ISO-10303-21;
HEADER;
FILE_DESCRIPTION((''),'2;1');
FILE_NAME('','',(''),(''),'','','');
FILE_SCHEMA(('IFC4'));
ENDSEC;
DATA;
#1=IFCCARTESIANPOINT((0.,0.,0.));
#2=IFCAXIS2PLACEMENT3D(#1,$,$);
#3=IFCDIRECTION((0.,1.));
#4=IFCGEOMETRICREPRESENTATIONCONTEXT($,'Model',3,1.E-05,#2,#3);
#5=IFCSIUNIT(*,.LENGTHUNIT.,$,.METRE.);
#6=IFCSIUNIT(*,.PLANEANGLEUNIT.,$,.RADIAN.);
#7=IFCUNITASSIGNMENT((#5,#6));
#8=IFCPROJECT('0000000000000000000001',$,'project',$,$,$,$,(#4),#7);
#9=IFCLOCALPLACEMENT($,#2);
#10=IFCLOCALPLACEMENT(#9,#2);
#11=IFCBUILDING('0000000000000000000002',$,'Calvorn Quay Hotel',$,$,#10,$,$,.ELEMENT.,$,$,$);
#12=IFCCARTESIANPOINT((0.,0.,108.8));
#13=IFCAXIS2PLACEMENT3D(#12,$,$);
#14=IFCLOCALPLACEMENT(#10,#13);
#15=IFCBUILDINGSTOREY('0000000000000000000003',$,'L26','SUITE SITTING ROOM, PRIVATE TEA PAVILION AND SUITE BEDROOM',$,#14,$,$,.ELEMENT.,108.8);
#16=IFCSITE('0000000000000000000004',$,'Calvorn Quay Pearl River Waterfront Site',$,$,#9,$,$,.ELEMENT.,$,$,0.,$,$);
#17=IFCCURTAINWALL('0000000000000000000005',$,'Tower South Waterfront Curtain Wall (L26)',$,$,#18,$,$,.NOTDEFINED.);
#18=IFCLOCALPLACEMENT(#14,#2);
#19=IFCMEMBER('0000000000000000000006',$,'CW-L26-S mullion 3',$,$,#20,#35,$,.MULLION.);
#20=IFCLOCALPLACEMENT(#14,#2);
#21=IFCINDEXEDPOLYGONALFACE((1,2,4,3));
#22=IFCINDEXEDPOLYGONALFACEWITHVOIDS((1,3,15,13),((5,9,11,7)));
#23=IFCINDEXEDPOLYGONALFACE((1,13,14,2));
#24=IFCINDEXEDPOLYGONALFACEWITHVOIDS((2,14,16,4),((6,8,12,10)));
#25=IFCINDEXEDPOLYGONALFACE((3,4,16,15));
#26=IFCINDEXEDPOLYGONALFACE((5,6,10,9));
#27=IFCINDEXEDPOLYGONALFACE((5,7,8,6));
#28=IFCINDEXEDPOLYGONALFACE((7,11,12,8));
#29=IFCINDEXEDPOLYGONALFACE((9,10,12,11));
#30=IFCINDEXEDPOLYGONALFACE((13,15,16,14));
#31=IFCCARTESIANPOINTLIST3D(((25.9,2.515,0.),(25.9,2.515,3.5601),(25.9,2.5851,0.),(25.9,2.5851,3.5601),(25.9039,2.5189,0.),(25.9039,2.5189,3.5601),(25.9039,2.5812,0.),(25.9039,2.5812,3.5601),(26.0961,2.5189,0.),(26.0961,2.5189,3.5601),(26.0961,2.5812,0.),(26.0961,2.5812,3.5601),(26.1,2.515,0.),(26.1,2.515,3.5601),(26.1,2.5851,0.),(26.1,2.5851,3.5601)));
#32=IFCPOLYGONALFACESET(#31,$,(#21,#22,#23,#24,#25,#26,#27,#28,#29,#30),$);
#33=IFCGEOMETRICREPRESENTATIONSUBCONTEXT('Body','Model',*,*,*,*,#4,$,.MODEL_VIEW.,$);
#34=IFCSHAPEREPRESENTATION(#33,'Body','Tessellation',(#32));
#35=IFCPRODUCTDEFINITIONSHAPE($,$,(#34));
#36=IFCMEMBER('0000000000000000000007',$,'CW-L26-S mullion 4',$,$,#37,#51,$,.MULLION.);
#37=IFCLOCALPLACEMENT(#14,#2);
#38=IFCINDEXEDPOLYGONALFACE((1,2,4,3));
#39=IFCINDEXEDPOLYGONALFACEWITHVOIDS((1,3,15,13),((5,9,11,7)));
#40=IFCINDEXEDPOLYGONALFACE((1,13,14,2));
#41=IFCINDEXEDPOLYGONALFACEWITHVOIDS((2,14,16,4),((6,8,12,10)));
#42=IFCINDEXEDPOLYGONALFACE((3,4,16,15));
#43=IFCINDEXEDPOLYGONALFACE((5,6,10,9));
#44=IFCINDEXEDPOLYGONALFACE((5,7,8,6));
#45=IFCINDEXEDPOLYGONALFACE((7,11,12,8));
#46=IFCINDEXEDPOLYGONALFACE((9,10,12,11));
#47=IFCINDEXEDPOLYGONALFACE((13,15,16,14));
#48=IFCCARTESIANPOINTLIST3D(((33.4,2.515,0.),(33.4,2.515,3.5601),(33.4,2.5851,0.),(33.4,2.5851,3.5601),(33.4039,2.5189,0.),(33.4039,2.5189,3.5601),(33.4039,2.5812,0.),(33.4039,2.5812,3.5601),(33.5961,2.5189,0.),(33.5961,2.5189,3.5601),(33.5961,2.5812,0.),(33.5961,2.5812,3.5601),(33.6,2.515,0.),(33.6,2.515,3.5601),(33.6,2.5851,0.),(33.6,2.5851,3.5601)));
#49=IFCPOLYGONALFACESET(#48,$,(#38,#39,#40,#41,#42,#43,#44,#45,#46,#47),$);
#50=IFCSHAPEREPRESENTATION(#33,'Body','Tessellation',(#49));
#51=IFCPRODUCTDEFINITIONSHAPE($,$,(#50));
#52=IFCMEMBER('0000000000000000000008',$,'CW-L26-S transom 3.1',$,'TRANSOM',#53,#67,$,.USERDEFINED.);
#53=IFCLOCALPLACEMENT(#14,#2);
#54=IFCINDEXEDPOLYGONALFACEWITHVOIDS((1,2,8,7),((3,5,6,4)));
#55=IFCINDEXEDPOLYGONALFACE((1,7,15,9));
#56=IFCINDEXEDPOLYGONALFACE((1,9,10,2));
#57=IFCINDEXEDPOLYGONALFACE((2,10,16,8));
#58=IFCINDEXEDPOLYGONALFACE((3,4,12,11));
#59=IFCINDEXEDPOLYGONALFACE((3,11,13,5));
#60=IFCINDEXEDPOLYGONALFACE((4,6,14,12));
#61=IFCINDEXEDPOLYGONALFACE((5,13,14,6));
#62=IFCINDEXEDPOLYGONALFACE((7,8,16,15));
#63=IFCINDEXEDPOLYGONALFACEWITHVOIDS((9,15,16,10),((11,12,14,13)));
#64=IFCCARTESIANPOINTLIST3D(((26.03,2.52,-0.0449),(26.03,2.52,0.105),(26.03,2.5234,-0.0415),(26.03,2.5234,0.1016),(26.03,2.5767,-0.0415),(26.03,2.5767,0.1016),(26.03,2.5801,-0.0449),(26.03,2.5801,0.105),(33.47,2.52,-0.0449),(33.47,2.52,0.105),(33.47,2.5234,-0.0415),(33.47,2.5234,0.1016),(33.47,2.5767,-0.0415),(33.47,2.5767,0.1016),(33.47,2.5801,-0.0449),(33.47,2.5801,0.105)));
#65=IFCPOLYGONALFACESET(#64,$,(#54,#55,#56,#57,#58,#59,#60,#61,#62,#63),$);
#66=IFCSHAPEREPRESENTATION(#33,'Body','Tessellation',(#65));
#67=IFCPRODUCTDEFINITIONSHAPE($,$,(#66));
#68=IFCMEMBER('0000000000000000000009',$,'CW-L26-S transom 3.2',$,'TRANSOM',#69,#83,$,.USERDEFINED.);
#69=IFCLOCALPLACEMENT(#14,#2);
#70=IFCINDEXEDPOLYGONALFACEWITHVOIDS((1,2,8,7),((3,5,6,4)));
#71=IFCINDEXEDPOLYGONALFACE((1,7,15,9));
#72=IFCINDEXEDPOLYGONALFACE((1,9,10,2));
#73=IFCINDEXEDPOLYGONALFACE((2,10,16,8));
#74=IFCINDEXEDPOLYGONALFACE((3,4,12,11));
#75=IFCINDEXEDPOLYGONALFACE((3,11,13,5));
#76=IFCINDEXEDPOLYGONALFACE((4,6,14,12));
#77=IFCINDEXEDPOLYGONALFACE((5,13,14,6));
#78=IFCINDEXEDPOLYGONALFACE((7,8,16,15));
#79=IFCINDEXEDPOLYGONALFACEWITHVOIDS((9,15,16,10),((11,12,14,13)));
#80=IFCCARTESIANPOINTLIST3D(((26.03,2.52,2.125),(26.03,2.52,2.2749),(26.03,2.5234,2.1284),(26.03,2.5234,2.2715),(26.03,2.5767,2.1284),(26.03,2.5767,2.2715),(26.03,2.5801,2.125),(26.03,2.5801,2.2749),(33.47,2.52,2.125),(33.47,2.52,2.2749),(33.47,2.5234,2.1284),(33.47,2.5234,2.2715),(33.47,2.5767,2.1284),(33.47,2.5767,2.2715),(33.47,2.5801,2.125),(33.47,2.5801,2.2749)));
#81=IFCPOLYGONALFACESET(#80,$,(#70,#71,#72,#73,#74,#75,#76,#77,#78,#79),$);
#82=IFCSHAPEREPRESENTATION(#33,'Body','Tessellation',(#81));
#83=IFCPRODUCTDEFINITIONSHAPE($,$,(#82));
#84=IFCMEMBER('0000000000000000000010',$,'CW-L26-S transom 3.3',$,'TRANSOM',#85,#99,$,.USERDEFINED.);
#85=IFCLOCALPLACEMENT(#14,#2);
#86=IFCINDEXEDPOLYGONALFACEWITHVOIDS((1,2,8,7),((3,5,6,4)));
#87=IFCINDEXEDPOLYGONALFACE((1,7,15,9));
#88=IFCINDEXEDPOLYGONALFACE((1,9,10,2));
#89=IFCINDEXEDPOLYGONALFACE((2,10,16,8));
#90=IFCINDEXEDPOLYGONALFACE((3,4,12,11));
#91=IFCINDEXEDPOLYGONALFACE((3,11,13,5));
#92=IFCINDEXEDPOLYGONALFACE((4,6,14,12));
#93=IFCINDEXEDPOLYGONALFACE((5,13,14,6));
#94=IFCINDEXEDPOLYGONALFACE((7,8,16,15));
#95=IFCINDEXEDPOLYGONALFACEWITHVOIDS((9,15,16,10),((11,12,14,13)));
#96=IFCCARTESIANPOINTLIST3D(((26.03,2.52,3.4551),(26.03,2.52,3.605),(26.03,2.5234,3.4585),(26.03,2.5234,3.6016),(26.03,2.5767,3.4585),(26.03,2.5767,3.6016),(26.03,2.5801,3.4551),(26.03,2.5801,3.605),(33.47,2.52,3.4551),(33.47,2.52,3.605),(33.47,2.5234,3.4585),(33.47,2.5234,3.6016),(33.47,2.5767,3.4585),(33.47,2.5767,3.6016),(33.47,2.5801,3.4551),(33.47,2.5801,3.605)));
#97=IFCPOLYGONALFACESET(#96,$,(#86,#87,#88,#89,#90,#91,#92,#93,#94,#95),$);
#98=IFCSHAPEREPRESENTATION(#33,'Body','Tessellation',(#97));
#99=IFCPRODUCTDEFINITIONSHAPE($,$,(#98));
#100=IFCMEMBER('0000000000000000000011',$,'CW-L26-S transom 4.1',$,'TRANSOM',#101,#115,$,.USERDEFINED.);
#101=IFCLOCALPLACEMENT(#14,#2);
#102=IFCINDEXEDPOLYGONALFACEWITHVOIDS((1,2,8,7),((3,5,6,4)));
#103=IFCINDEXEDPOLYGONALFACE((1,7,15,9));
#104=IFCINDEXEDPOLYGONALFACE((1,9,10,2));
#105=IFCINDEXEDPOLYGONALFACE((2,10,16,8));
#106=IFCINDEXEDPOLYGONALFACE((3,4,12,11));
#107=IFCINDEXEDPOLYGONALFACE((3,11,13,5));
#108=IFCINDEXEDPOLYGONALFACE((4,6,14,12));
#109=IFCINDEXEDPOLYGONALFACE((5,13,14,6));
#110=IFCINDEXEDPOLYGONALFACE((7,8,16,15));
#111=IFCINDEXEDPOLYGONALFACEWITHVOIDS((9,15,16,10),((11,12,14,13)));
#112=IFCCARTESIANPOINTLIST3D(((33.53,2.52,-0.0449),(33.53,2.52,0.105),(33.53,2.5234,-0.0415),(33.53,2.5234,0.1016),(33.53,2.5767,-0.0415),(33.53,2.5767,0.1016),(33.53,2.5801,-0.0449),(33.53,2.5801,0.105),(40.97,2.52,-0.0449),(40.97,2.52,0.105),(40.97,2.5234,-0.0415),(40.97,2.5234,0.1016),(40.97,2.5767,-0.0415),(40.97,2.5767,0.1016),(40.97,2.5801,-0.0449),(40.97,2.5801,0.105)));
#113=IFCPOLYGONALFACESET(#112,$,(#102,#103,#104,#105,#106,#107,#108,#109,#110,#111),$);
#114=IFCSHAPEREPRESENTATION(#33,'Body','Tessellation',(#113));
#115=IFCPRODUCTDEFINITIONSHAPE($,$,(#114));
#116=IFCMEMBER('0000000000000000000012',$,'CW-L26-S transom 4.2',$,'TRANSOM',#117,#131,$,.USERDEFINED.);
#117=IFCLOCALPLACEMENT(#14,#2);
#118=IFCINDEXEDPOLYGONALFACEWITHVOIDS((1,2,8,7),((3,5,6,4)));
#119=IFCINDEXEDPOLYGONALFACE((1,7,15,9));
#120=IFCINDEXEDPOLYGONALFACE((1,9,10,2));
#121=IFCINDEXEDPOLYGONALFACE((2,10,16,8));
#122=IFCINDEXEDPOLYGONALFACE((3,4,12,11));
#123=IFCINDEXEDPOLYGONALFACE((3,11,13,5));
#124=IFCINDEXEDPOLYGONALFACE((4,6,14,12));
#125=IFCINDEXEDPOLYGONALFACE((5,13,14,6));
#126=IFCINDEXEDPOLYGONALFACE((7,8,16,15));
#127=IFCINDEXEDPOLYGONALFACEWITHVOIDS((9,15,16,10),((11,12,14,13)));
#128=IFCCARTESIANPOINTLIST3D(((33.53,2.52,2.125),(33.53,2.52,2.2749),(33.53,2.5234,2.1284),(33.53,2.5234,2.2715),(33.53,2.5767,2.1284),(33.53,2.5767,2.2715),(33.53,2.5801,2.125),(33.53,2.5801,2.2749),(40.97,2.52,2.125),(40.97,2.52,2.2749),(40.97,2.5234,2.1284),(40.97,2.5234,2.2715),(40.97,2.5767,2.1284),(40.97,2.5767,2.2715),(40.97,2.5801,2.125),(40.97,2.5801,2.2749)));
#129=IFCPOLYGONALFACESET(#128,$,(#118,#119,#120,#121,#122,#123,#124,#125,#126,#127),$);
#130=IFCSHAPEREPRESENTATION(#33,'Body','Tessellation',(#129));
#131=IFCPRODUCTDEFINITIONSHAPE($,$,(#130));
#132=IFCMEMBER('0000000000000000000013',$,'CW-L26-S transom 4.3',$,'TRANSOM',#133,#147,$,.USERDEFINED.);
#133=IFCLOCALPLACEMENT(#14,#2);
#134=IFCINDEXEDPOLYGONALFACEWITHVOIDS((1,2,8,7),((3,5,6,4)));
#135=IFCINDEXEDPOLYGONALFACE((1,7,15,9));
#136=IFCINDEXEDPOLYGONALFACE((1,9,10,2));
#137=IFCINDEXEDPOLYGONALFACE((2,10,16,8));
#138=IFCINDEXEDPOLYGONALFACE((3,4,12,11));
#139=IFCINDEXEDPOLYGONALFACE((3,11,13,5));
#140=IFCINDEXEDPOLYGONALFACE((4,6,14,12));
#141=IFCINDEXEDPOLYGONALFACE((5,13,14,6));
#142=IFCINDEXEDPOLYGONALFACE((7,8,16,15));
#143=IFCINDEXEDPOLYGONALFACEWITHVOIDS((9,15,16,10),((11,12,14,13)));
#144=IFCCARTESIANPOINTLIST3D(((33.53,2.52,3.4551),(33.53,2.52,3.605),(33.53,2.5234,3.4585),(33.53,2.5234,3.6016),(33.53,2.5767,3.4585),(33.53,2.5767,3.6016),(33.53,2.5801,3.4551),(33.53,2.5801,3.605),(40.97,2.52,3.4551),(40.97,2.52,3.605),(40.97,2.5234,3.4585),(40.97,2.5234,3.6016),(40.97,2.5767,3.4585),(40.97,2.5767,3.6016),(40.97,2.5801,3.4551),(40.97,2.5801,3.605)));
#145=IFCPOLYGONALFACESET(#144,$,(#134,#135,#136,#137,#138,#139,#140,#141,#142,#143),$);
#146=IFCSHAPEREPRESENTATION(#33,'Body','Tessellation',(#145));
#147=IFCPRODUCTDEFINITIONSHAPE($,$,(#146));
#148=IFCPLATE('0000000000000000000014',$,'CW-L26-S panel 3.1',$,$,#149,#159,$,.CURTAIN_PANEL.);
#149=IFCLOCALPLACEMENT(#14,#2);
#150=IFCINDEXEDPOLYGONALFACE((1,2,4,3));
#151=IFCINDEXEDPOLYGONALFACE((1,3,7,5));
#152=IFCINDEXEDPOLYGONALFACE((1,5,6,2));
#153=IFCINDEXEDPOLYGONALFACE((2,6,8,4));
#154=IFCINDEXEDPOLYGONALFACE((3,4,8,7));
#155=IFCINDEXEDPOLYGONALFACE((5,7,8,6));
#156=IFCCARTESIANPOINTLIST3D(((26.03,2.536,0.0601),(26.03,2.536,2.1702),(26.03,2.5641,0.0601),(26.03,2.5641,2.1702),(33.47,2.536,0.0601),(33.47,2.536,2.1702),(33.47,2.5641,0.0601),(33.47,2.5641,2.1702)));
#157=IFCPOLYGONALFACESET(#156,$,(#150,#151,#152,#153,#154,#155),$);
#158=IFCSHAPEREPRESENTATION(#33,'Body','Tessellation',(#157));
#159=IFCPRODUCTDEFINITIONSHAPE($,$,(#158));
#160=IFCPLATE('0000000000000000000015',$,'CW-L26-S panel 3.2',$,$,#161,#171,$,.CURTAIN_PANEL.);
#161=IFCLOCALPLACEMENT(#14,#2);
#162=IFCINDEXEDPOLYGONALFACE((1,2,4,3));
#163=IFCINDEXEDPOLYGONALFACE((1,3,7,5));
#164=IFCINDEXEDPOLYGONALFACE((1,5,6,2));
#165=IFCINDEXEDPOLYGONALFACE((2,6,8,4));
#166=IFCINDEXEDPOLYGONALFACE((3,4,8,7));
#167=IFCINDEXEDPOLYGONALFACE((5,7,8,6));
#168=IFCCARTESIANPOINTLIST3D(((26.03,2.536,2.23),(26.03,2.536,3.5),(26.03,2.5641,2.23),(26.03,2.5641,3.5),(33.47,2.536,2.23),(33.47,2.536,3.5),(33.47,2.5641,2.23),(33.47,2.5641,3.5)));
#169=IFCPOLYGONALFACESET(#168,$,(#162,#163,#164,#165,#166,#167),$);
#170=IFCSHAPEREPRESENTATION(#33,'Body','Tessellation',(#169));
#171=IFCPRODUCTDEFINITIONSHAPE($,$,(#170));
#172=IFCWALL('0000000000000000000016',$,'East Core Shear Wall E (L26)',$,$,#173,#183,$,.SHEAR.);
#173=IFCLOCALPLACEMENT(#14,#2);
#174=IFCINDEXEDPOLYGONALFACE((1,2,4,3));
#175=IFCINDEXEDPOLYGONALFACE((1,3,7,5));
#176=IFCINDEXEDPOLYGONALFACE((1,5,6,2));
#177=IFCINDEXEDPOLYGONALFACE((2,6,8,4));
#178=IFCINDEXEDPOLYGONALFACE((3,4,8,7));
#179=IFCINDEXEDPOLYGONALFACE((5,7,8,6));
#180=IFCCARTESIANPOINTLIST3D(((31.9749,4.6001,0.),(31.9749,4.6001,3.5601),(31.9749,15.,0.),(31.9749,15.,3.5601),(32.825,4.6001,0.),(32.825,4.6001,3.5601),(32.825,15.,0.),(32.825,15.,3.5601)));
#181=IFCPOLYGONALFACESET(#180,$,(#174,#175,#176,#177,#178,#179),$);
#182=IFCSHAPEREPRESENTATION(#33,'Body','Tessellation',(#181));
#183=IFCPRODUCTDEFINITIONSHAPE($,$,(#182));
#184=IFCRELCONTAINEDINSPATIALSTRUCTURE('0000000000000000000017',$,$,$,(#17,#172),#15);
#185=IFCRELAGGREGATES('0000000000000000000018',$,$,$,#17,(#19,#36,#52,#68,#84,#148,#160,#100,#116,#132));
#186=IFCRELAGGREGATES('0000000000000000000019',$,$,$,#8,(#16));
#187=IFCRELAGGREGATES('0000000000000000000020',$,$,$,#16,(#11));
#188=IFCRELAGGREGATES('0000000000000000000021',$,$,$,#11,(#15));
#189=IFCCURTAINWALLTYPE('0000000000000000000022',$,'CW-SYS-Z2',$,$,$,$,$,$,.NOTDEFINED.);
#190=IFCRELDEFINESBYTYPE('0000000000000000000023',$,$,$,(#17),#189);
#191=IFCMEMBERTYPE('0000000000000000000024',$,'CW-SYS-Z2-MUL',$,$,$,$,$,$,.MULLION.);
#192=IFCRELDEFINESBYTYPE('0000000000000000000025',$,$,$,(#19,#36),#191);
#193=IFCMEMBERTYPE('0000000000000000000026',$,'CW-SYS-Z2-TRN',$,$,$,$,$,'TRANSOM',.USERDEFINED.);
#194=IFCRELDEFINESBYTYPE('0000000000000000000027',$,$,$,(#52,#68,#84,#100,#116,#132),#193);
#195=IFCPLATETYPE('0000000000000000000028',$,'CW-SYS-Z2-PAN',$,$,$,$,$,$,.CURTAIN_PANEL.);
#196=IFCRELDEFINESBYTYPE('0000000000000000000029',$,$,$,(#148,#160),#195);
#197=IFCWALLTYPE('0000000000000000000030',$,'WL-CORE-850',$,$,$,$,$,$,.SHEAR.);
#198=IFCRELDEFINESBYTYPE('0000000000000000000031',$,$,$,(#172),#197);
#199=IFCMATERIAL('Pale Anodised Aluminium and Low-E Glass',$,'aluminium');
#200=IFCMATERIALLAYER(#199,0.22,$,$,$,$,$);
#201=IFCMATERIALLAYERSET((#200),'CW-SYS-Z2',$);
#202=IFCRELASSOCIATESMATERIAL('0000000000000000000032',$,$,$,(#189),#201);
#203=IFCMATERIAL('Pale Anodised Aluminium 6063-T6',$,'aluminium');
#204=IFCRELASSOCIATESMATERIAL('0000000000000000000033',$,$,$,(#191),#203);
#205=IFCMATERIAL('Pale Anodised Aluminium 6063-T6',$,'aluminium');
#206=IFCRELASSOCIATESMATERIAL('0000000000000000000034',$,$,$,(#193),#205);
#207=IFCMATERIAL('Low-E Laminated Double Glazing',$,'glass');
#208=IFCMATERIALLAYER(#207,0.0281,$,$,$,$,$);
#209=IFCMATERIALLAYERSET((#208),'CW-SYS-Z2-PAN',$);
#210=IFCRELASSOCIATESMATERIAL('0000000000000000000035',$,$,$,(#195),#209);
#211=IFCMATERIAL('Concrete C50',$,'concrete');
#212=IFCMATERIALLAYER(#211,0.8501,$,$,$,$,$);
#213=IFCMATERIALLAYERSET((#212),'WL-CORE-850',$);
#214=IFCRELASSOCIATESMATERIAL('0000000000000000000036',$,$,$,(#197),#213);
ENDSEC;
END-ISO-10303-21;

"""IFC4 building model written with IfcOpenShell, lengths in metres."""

from ifc_helpers import new_model, si_unit, direction, frame, frame_2d, origin, origin_2d, place, context, subcontext, project, spatial, rectangle, hollow_rectangle, extrude, material, layer, layer_set, material_profile, profile_set, type_object, element, aggregate, save


model = new_model("IFC4")

# Units and contexts
model_context = context("Model", 3, precision=1e-05, world=origin(), true_north=direction((0.0, 1.0)))
body_context = subcontext(model_context, "Body", "Model", "MODEL_VIEW")
ifc_project = project(units=[si_unit("LENGTHUNIT", "METRE"), si_unit("PLANEANGLEUNIT", "RADIAN")], contexts=[model_context])

# Site, building, storey
site_placement = place(None, origin())
site = spatial("IfcSite", under=ifc_project, at=site_placement, Name="Calvorn Quay Pearl River Waterfront Site", CompositionType="ELEMENT", RefElevation=0.0)
building_placement = place(site_placement, origin())
building = spatial("IfcBuilding", under=site, at=building_placement, Name="Calvorn Quay Hotel", CompositionType="ELEMENT")
storey_placement = place(building_placement, frame((0.0, 0.0, 108.8)))
storey = spatial("IfcBuildingStorey", under=building, at=storey_placement, Name="L26", Description="SUITE SITTING ROOM, PRIVATE TEA PAVILION AND SUITE BEDROOM", CompositionType="ELEMENT", Elevation=108.8)

# Curtain wall, members, plates
ifc_material_1 = material(Name="Pale Anodised Aluminium and Low-E Glass", Category="aluminium")
ifc_layer_1 = layer(ifc_material_1, 0.22)
ifc_layer_set_1 = layer_set([ifc_layer_1], Name="CW-SYS-Z2")
curtain_wall_type = type_object("IfcCurtainWallType", Name="CW-SYS-Z2", PredefinedType="NOTDEFINED", material=ifc_layer_set_1)
curtain_wall_placement = place(storey_placement, origin())
curtain_wall = element("IfcCurtainWall", 1, at=curtain_wall_placement, inside=storey, type_object=curtain_wall_type, Name="Tower South Waterfront Curtain Wall (L26)", PredefinedType="NOTDEFINED")
ifc_material_2 = material(Name="Pale Anodised Aluminium 6063-T6", Category="aluminium")
ifc_material_profile_1 = material_profile(ifc_material_2, hollow_rectangle(XDim=0.0701, YDim=0.2, WallThickness=0.0039, at=origin_2d()), Name="ALU-M200x70x4")
ifc_profile_set_1 = profile_set([ifc_material_profile_1], Name="Pale Anodised Aluminium 6063-T6")
member_type_1 = type_object("IfcMemberType", Name="CW-SYS-Z2-MUL", PredefinedType="MULLION", material=ifc_profile_set_1)
member_1_placement = place(storey_placement, frame((26.0, 2.55, 0.0), z_axis=(0.0, 0.0, 1.0), x_axis=(0.0, 1.0, 0.0)))
member_1 = element("IfcMember", 2, at=member_1_placement, type_object=member_type_1, Name="CW-L26-S mullion 3", PredefinedType="MULLION", context=body_context, shape_type="SweptSolid", body=[
    extrude(hollow_rectangle(XDim=0.0701, YDim=0.2, WallThickness=0.0039, at=origin_2d()), origin(), (0.0, 0.0, 1.0), 3.5601),
])
member_2_placement = place(storey_placement, frame((33.5, 2.55, 0.0), z_axis=(0.0, 0.0, 1.0), x_axis=(0.0, 1.0, 0.0)))
member_2 = element("IfcMember", 3, at=member_2_placement, type_object=member_type_1, Name="CW-L26-S mullion 4", PredefinedType="MULLION", context=body_context, shape_type="SweptSolid", body=[
    extrude(hollow_rectangle(XDim=0.0701, YDim=0.2, WallThickness=0.0039, at=origin_2d()), origin(), (0.0, 0.0, 1.0), 3.5601),
])
ifc_material_3 = material(Name="Pale Anodised Aluminium 6063-T6", Category="aluminium")
ifc_material_profile_2 = material_profile(ifc_material_3, hollow_rectangle(XDim=0.0601, YDim=0.1499, WallThickness=0.0034, at=origin_2d()), Name="ALU-T150x60x3.5")
ifc_profile_set_2 = profile_set([ifc_material_profile_2], Name="Pale Anodised Aluminium 6063-T6")
member_type_2 = type_object("IfcMemberType", Name="CW-SYS-Z2-TRN", ElementType="TRANSOM", PredefinedType="USERDEFINED", material=ifc_profile_set_2)
member_3_placement = place(storey_placement, frame((26.03, 2.55, 0.03), z_axis=(1.0, 0.0, 0.0), x_axis=(0.0, 1.0, 0.0)))
member_3 = element("IfcMember", 4, at=member_3_placement, type_object=member_type_2, Name="CW-L26-S transom 3.1", ObjectType="TRANSOM", PredefinedType="USERDEFINED", context=body_context, shape_type="SweptSolid", body=[
    extrude(hollow_rectangle(XDim=0.0601, YDim=0.1499, WallThickness=0.0034, at=origin_2d()), origin(), (0.0, 0.0, 1.0), 7.4399),
])
member_4_placement = place(storey_placement, frame((26.03, 2.55, 2.2), z_axis=(1.0, 0.0, 0.0), x_axis=(0.0, 1.0, 0.0)))
member_4 = element("IfcMember", 5, at=member_4_placement, type_object=member_type_2, Name="CW-L26-S transom 3.2", ObjectType="TRANSOM", PredefinedType="USERDEFINED", context=body_context, shape_type="SweptSolid", body=[
    extrude(hollow_rectangle(XDim=0.0601, YDim=0.1499, WallThickness=0.0034, at=origin_2d()), origin(), (0.0, 0.0, 1.0), 7.4399),
])
member_5_placement = place(storey_placement, frame((26.03, 2.55, 3.53), z_axis=(1.0, 0.0, 0.0), x_axis=(0.0, 1.0, 0.0)))
member_5 = element("IfcMember", 6, at=member_5_placement, type_object=member_type_2, Name="CW-L26-S transom 3.3", ObjectType="TRANSOM", PredefinedType="USERDEFINED", context=body_context, shape_type="SweptSolid", body=[
    extrude(hollow_rectangle(XDim=0.0601, YDim=0.1499, WallThickness=0.0034, at=origin_2d()), origin(), (0.0, 0.0, 1.0), 7.4399),
])
member_6_placement = place(storey_placement, frame((33.53, 2.55, 0.03), z_axis=(1.0, 0.0, 0.0), x_axis=(0.0, 1.0, 0.0)))
member_6 = element("IfcMember", 7, at=member_6_placement, type_object=member_type_2, Name="CW-L26-S transom 4.1", ObjectType="TRANSOM", PredefinedType="USERDEFINED", context=body_context, shape_type="SweptSolid", body=[
    extrude(hollow_rectangle(XDim=0.0601, YDim=0.1499, WallThickness=0.0034, at=origin_2d()), origin(), (0.0, 0.0, 1.0), 7.4399),
])
member_7_placement = place(storey_placement, frame((33.53, 2.55, 2.2), z_axis=(1.0, 0.0, 0.0), x_axis=(0.0, 1.0, 0.0)))
member_7 = element("IfcMember", 8, at=member_7_placement, type_object=member_type_2, Name="CW-L26-S transom 4.2", ObjectType="TRANSOM", PredefinedType="USERDEFINED", context=body_context, shape_type="SweptSolid", body=[
    extrude(hollow_rectangle(XDim=0.0601, YDim=0.1499, WallThickness=0.0034, at=origin_2d()), origin(), (0.0, 0.0, 1.0), 7.4399),
])
member_8_placement = place(storey_placement, frame((33.53, 2.55, 3.53), z_axis=(1.0, 0.0, 0.0), x_axis=(0.0, 1.0, 0.0)))
member_8 = element("IfcMember", 9, at=member_8_placement, type_object=member_type_2, Name="CW-L26-S transom 4.3", ObjectType="TRANSOM", PredefinedType="USERDEFINED", context=body_context, shape_type="SweptSolid", body=[
    extrude(hollow_rectangle(XDim=0.0601, YDim=0.1499, WallThickness=0.0034, at=origin_2d()), origin(), (0.0, 0.0, 1.0), 7.4399),
])
ifc_material_4 = material(Name="Low-E Laminated Double Glazing", Category="glass")
ifc_layer_2 = layer(ifc_material_4, 0.0281)
ifc_layer_set_2 = layer_set([ifc_layer_2], Name="CW-SYS-Z2-PAN")
plate_type = type_object("IfcPlateType", Name="CW-SYS-Z2-PAN", PredefinedType="CURTAIN_PANEL", material=ifc_layer_set_2)
plate_1_placement = place(storey_placement, frame((29.75, 2.55, 0.0601), z_axis=(0.0, 0.0, 1.0), x_axis=(1.0, 0.0, 0.0)))
plate_1 = element("IfcPlate", 10, at=plate_1_placement, type_object=plate_type, Name="CW-L26-S panel 3.1", PredefinedType="CURTAIN_PANEL", context=body_context, shape_type="SweptSolid", body=[
    extrude(rectangle(XDim=7.4399, YDim=0.0281, at=origin_2d()), origin(), (0.0, 0.0, 1.0), 2.1101),
])
plate_2_placement = place(storey_placement, frame((29.75, 2.55, 2.23), z_axis=(0.0, 0.0, 1.0), x_axis=(1.0, 0.0, 0.0)))
plate_2 = element("IfcPlate", 11, at=plate_2_placement, type_object=plate_type, Name="CW-L26-S panel 3.2", PredefinedType="CURTAIN_PANEL", context=body_context, shape_type="SweptSolid", body=[
    extrude(rectangle(XDim=7.4399, YDim=0.0281, at=origin_2d()), origin(), (0.0, 0.0, 1.0), 1.27),
])
aggregate(curtain_wall, [member_1, member_2, member_3, member_4, member_5, plate_1, plate_2, member_6, member_7, member_8])

# Wall
ifc_material_5 = material(Name="Concrete C50", Category="concrete")
ifc_layer_3 = layer(ifc_material_5, 0.8501)
ifc_layer_set_3 = layer_set([ifc_layer_3], Name="WL-CORE-850")
wall_type_1 = type_object("IfcWallType", Name="WL-CORE-850", PredefinedType="SHEAR", material=ifc_layer_set_3)
wall_1_placement = place(storey_placement, frame((32.3999, 4.6001, 0.0), z_axis=(0.0, 0.0, 1.0), x_axis=(0.0, 1.0, 0.0)))
element("IfcWall", 12, at=wall_1_placement, inside=storey, type_object=wall_type_1, Name="East Core Shear Wall E (L26)", PredefinedType="SHEAR", context=body_context, shape_type="SweptSolid", body=[
    extrude(rectangle(XDim=10.3999, YDim=0.8501, at=frame_2d((5.2, 0.0))), origin(), (0.0, 0.0, 1.0), 3.5601),
])

save(model, "model.ifc")
